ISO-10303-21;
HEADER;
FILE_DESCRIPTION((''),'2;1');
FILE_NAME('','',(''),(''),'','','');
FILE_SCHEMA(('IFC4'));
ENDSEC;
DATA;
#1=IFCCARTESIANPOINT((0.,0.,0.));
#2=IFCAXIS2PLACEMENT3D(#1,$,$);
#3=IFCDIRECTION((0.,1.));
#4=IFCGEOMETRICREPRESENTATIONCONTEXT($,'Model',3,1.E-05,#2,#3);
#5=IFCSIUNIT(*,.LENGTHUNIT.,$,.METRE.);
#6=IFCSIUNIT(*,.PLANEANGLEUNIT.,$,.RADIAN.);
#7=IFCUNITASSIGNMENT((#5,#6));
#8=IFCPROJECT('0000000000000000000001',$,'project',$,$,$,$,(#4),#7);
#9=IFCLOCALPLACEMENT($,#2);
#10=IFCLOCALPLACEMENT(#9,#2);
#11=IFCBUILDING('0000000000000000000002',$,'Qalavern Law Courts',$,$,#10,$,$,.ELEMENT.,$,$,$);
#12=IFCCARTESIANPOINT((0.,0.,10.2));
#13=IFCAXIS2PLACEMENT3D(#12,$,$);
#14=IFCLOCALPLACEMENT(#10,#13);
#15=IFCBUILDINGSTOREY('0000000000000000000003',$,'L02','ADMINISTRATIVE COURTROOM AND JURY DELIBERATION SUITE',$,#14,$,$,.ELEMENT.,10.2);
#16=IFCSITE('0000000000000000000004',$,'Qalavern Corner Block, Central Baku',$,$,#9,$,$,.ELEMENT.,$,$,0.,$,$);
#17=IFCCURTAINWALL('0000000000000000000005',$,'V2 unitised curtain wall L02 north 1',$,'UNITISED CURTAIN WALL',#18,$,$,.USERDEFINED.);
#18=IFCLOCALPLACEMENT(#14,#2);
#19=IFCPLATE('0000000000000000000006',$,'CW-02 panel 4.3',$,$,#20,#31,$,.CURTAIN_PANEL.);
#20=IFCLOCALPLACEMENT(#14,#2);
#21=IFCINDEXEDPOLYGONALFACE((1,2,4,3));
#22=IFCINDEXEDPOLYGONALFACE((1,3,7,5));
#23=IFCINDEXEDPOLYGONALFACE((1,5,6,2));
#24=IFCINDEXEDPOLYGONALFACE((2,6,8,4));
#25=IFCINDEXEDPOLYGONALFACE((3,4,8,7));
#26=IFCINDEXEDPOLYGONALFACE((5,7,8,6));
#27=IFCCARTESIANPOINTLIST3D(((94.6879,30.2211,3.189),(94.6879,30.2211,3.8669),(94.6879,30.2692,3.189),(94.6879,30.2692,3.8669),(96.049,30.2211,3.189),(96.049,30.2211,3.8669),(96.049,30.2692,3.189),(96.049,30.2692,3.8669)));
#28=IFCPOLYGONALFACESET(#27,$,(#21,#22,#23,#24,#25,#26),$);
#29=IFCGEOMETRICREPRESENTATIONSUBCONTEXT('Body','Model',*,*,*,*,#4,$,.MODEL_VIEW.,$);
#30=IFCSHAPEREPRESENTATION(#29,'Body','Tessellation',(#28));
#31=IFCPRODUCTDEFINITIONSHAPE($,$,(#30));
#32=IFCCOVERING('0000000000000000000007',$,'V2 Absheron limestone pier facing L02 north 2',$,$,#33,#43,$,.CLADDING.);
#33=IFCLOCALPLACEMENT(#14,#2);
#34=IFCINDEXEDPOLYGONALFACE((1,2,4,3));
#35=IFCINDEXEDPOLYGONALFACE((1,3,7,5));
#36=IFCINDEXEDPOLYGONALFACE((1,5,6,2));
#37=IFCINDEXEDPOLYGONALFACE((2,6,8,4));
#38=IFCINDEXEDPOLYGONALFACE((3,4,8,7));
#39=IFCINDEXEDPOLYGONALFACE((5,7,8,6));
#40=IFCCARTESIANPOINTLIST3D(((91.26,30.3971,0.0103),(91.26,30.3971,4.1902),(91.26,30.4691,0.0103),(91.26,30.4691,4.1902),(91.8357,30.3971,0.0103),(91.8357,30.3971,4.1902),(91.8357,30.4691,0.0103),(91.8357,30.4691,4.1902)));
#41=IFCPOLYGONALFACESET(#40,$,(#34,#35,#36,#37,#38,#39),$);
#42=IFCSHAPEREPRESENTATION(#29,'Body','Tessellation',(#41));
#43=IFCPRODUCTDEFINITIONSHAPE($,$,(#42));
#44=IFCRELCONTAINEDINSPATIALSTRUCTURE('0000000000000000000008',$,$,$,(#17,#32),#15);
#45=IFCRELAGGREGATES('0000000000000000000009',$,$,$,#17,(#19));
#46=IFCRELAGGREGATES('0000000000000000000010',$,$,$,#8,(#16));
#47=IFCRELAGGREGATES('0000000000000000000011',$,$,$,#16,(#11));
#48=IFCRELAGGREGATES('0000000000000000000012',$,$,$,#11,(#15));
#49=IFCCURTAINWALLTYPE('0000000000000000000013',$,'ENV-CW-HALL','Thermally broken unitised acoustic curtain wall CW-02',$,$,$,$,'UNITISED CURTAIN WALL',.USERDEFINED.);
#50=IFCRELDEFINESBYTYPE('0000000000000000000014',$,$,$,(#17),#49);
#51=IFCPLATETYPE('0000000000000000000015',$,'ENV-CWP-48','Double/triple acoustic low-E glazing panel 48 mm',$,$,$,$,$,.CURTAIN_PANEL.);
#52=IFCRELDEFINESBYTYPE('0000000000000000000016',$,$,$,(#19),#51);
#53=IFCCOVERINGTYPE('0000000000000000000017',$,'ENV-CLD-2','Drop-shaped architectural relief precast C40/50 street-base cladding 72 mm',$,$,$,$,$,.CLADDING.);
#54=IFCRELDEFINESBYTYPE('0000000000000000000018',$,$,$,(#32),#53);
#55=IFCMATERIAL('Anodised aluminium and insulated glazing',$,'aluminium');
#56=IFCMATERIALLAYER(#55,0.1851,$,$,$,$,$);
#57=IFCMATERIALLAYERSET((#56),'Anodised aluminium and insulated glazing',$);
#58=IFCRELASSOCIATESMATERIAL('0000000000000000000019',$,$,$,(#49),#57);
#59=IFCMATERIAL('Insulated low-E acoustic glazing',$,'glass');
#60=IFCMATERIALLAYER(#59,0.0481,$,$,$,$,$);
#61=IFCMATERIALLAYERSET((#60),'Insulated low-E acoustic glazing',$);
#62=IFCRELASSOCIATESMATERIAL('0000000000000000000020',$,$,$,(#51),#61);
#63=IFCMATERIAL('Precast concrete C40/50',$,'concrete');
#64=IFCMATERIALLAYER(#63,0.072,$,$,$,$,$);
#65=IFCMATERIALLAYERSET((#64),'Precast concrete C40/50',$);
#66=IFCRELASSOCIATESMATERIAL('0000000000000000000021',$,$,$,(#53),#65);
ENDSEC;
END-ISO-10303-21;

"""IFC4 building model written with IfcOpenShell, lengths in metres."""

from ifc_helpers import new_model, si_unit, direction, frame, origin, origin_2d, place, context, subcontext, project, spatial, rectangle, extrude, material, layer, layer_set, type_object, element, aggregate, save


model = new_model("IFC4")

# Units and contexts
model_context = context("Model", 3, precision=1e-05, world=origin(), true_north=direction((0.0, 1.0)))
body_context = subcontext(model_context, "Body", "Model", "MODEL_VIEW")
ifc_project = project(units=[si_unit("LENGTHUNIT", "METRE"), si_unit("PLANEANGLEUNIT", "RADIAN")], contexts=[model_context])

# Site, building, storey
site_placement = place(None, origin())
site = spatial("IfcSite", under=ifc_project, at=site_placement, Name="Qalavern Corner Block, Central Baku", CompositionType="ELEMENT", RefElevation=0.0)
building_placement = place(site_placement, origin())
building = spatial("IfcBuilding", under=site, at=building_placement, Name="Qalavern Law Courts", CompositionType="ELEMENT")
storey_placement = place(building_placement, frame((0.0, 0.0, 10.2)))
storey = spatial("IfcBuildingStorey", under=building, at=storey_placement, Name="L02", Description="ADMINISTRATIVE COURTROOM AND JURY DELIBERATION SUITE", CompositionType="ELEMENT", Elevation=10.2)

# Shared definitions
ifc_material_1 = material(Name="Anodised aluminium and insulated glazing", Category="aluminium")

# Curtain wall
ifc_layer_1 = layer(ifc_material_1, 0.1851)
ifc_layer_set_1 = layer_set([ifc_layer_1], Name="Anodised aluminium and insulated glazing")
curtain_wall_type_1 = type_object("IfcCurtainWallType", Name="ENV-CW-HALL", Description="Thermally broken unitised acoustic curtain wall CW-02", ElementType="UNITISED CURTAIN WALL", PredefinedType="USERDEFINED", material=ifc_layer_set_1)
curtain_wall_1_placement = place(storey_placement, origin())
curtain_wall_1 = element("IfcCurtainWall", 1, at=curtain_wall_1_placement, inside=storey, type_object=curtain_wall_type_1, Name="V2 unitised curtain wall L02 north 1", ObjectType="UNITISED CURTAIN WALL", PredefinedType="USERDEFINED")

# Shared definitions
ifc_material_2 = material(Name="Insulated low-E acoustic glazing", Category="glass")

# Plate
ifc_layer_2 = layer(ifc_material_2, 0.0481)
ifc_layer_set_2 = layer_set([ifc_layer_2], Name="Insulated low-E acoustic glazing")
plate_type_1 = type_object("IfcPlateType", Name="ENV-CWP-48", Description="Double/triple acoustic low-E glazing panel 48 mm", PredefinedType="CURTAIN_PANEL", material=ifc_layer_set_2)
plate_1_placement = place(storey_placement, frame((95.3684, 30.2451, 3.189), z_axis=(0.0, 0.0, 1.0), x_axis=(-1.0, 0.0, 0.0)))
plate_1 = element("IfcPlate", 2, at=plate_1_placement, type_object=plate_type_1, Name="CW-02 panel 4.3", PredefinedType="CURTAIN_PANEL", context=body_context, shape_type="SweptSolid", body=[
    extrude(rectangle(XDim=1.3611, YDim=0.0481, at=origin_2d()), origin(), (0.0, 0.0, 1.0), 0.678),
])
aggregate(curtain_wall_1, [plate_1])

# Covering
ifc_material_3 = material(Name="Precast concrete C40/50", Category="concrete")
ifc_layer_3 = layer(ifc_material_3, 0.072)
ifc_layer_set_3 = layer_set([ifc_layer_3], Name="Precast concrete C40/50")
covering_type = type_object("IfcCoveringType", Name="ENV-CLD-2", Description="Drop-shaped architectural relief precast C40/50 street-base cladding 72 mm", PredefinedType="CLADDING", material=ifc_layer_set_3)
covering_placement = place(storey_placement, frame((91.5479, 30.4331, 0.0103), z_axis=(0.0, 0.0, 1.0), x_axis=(-1.0, 0.0, 0.0)))
element("IfcCovering", 3, at=covering_placement, inside=storey, type_object=covering_type, Name="V2 Absheron limestone pier facing L02 north 2", PredefinedType="CLADDING", context=body_context, shape_type="SweptSolid", body=[
    extrude(rectangle(XDim=0.5757, YDim=0.072, at=origin_2d()), origin(), (0.0, 0.0, 1.0), 4.1799),
])

save(model, "model.ifc")
